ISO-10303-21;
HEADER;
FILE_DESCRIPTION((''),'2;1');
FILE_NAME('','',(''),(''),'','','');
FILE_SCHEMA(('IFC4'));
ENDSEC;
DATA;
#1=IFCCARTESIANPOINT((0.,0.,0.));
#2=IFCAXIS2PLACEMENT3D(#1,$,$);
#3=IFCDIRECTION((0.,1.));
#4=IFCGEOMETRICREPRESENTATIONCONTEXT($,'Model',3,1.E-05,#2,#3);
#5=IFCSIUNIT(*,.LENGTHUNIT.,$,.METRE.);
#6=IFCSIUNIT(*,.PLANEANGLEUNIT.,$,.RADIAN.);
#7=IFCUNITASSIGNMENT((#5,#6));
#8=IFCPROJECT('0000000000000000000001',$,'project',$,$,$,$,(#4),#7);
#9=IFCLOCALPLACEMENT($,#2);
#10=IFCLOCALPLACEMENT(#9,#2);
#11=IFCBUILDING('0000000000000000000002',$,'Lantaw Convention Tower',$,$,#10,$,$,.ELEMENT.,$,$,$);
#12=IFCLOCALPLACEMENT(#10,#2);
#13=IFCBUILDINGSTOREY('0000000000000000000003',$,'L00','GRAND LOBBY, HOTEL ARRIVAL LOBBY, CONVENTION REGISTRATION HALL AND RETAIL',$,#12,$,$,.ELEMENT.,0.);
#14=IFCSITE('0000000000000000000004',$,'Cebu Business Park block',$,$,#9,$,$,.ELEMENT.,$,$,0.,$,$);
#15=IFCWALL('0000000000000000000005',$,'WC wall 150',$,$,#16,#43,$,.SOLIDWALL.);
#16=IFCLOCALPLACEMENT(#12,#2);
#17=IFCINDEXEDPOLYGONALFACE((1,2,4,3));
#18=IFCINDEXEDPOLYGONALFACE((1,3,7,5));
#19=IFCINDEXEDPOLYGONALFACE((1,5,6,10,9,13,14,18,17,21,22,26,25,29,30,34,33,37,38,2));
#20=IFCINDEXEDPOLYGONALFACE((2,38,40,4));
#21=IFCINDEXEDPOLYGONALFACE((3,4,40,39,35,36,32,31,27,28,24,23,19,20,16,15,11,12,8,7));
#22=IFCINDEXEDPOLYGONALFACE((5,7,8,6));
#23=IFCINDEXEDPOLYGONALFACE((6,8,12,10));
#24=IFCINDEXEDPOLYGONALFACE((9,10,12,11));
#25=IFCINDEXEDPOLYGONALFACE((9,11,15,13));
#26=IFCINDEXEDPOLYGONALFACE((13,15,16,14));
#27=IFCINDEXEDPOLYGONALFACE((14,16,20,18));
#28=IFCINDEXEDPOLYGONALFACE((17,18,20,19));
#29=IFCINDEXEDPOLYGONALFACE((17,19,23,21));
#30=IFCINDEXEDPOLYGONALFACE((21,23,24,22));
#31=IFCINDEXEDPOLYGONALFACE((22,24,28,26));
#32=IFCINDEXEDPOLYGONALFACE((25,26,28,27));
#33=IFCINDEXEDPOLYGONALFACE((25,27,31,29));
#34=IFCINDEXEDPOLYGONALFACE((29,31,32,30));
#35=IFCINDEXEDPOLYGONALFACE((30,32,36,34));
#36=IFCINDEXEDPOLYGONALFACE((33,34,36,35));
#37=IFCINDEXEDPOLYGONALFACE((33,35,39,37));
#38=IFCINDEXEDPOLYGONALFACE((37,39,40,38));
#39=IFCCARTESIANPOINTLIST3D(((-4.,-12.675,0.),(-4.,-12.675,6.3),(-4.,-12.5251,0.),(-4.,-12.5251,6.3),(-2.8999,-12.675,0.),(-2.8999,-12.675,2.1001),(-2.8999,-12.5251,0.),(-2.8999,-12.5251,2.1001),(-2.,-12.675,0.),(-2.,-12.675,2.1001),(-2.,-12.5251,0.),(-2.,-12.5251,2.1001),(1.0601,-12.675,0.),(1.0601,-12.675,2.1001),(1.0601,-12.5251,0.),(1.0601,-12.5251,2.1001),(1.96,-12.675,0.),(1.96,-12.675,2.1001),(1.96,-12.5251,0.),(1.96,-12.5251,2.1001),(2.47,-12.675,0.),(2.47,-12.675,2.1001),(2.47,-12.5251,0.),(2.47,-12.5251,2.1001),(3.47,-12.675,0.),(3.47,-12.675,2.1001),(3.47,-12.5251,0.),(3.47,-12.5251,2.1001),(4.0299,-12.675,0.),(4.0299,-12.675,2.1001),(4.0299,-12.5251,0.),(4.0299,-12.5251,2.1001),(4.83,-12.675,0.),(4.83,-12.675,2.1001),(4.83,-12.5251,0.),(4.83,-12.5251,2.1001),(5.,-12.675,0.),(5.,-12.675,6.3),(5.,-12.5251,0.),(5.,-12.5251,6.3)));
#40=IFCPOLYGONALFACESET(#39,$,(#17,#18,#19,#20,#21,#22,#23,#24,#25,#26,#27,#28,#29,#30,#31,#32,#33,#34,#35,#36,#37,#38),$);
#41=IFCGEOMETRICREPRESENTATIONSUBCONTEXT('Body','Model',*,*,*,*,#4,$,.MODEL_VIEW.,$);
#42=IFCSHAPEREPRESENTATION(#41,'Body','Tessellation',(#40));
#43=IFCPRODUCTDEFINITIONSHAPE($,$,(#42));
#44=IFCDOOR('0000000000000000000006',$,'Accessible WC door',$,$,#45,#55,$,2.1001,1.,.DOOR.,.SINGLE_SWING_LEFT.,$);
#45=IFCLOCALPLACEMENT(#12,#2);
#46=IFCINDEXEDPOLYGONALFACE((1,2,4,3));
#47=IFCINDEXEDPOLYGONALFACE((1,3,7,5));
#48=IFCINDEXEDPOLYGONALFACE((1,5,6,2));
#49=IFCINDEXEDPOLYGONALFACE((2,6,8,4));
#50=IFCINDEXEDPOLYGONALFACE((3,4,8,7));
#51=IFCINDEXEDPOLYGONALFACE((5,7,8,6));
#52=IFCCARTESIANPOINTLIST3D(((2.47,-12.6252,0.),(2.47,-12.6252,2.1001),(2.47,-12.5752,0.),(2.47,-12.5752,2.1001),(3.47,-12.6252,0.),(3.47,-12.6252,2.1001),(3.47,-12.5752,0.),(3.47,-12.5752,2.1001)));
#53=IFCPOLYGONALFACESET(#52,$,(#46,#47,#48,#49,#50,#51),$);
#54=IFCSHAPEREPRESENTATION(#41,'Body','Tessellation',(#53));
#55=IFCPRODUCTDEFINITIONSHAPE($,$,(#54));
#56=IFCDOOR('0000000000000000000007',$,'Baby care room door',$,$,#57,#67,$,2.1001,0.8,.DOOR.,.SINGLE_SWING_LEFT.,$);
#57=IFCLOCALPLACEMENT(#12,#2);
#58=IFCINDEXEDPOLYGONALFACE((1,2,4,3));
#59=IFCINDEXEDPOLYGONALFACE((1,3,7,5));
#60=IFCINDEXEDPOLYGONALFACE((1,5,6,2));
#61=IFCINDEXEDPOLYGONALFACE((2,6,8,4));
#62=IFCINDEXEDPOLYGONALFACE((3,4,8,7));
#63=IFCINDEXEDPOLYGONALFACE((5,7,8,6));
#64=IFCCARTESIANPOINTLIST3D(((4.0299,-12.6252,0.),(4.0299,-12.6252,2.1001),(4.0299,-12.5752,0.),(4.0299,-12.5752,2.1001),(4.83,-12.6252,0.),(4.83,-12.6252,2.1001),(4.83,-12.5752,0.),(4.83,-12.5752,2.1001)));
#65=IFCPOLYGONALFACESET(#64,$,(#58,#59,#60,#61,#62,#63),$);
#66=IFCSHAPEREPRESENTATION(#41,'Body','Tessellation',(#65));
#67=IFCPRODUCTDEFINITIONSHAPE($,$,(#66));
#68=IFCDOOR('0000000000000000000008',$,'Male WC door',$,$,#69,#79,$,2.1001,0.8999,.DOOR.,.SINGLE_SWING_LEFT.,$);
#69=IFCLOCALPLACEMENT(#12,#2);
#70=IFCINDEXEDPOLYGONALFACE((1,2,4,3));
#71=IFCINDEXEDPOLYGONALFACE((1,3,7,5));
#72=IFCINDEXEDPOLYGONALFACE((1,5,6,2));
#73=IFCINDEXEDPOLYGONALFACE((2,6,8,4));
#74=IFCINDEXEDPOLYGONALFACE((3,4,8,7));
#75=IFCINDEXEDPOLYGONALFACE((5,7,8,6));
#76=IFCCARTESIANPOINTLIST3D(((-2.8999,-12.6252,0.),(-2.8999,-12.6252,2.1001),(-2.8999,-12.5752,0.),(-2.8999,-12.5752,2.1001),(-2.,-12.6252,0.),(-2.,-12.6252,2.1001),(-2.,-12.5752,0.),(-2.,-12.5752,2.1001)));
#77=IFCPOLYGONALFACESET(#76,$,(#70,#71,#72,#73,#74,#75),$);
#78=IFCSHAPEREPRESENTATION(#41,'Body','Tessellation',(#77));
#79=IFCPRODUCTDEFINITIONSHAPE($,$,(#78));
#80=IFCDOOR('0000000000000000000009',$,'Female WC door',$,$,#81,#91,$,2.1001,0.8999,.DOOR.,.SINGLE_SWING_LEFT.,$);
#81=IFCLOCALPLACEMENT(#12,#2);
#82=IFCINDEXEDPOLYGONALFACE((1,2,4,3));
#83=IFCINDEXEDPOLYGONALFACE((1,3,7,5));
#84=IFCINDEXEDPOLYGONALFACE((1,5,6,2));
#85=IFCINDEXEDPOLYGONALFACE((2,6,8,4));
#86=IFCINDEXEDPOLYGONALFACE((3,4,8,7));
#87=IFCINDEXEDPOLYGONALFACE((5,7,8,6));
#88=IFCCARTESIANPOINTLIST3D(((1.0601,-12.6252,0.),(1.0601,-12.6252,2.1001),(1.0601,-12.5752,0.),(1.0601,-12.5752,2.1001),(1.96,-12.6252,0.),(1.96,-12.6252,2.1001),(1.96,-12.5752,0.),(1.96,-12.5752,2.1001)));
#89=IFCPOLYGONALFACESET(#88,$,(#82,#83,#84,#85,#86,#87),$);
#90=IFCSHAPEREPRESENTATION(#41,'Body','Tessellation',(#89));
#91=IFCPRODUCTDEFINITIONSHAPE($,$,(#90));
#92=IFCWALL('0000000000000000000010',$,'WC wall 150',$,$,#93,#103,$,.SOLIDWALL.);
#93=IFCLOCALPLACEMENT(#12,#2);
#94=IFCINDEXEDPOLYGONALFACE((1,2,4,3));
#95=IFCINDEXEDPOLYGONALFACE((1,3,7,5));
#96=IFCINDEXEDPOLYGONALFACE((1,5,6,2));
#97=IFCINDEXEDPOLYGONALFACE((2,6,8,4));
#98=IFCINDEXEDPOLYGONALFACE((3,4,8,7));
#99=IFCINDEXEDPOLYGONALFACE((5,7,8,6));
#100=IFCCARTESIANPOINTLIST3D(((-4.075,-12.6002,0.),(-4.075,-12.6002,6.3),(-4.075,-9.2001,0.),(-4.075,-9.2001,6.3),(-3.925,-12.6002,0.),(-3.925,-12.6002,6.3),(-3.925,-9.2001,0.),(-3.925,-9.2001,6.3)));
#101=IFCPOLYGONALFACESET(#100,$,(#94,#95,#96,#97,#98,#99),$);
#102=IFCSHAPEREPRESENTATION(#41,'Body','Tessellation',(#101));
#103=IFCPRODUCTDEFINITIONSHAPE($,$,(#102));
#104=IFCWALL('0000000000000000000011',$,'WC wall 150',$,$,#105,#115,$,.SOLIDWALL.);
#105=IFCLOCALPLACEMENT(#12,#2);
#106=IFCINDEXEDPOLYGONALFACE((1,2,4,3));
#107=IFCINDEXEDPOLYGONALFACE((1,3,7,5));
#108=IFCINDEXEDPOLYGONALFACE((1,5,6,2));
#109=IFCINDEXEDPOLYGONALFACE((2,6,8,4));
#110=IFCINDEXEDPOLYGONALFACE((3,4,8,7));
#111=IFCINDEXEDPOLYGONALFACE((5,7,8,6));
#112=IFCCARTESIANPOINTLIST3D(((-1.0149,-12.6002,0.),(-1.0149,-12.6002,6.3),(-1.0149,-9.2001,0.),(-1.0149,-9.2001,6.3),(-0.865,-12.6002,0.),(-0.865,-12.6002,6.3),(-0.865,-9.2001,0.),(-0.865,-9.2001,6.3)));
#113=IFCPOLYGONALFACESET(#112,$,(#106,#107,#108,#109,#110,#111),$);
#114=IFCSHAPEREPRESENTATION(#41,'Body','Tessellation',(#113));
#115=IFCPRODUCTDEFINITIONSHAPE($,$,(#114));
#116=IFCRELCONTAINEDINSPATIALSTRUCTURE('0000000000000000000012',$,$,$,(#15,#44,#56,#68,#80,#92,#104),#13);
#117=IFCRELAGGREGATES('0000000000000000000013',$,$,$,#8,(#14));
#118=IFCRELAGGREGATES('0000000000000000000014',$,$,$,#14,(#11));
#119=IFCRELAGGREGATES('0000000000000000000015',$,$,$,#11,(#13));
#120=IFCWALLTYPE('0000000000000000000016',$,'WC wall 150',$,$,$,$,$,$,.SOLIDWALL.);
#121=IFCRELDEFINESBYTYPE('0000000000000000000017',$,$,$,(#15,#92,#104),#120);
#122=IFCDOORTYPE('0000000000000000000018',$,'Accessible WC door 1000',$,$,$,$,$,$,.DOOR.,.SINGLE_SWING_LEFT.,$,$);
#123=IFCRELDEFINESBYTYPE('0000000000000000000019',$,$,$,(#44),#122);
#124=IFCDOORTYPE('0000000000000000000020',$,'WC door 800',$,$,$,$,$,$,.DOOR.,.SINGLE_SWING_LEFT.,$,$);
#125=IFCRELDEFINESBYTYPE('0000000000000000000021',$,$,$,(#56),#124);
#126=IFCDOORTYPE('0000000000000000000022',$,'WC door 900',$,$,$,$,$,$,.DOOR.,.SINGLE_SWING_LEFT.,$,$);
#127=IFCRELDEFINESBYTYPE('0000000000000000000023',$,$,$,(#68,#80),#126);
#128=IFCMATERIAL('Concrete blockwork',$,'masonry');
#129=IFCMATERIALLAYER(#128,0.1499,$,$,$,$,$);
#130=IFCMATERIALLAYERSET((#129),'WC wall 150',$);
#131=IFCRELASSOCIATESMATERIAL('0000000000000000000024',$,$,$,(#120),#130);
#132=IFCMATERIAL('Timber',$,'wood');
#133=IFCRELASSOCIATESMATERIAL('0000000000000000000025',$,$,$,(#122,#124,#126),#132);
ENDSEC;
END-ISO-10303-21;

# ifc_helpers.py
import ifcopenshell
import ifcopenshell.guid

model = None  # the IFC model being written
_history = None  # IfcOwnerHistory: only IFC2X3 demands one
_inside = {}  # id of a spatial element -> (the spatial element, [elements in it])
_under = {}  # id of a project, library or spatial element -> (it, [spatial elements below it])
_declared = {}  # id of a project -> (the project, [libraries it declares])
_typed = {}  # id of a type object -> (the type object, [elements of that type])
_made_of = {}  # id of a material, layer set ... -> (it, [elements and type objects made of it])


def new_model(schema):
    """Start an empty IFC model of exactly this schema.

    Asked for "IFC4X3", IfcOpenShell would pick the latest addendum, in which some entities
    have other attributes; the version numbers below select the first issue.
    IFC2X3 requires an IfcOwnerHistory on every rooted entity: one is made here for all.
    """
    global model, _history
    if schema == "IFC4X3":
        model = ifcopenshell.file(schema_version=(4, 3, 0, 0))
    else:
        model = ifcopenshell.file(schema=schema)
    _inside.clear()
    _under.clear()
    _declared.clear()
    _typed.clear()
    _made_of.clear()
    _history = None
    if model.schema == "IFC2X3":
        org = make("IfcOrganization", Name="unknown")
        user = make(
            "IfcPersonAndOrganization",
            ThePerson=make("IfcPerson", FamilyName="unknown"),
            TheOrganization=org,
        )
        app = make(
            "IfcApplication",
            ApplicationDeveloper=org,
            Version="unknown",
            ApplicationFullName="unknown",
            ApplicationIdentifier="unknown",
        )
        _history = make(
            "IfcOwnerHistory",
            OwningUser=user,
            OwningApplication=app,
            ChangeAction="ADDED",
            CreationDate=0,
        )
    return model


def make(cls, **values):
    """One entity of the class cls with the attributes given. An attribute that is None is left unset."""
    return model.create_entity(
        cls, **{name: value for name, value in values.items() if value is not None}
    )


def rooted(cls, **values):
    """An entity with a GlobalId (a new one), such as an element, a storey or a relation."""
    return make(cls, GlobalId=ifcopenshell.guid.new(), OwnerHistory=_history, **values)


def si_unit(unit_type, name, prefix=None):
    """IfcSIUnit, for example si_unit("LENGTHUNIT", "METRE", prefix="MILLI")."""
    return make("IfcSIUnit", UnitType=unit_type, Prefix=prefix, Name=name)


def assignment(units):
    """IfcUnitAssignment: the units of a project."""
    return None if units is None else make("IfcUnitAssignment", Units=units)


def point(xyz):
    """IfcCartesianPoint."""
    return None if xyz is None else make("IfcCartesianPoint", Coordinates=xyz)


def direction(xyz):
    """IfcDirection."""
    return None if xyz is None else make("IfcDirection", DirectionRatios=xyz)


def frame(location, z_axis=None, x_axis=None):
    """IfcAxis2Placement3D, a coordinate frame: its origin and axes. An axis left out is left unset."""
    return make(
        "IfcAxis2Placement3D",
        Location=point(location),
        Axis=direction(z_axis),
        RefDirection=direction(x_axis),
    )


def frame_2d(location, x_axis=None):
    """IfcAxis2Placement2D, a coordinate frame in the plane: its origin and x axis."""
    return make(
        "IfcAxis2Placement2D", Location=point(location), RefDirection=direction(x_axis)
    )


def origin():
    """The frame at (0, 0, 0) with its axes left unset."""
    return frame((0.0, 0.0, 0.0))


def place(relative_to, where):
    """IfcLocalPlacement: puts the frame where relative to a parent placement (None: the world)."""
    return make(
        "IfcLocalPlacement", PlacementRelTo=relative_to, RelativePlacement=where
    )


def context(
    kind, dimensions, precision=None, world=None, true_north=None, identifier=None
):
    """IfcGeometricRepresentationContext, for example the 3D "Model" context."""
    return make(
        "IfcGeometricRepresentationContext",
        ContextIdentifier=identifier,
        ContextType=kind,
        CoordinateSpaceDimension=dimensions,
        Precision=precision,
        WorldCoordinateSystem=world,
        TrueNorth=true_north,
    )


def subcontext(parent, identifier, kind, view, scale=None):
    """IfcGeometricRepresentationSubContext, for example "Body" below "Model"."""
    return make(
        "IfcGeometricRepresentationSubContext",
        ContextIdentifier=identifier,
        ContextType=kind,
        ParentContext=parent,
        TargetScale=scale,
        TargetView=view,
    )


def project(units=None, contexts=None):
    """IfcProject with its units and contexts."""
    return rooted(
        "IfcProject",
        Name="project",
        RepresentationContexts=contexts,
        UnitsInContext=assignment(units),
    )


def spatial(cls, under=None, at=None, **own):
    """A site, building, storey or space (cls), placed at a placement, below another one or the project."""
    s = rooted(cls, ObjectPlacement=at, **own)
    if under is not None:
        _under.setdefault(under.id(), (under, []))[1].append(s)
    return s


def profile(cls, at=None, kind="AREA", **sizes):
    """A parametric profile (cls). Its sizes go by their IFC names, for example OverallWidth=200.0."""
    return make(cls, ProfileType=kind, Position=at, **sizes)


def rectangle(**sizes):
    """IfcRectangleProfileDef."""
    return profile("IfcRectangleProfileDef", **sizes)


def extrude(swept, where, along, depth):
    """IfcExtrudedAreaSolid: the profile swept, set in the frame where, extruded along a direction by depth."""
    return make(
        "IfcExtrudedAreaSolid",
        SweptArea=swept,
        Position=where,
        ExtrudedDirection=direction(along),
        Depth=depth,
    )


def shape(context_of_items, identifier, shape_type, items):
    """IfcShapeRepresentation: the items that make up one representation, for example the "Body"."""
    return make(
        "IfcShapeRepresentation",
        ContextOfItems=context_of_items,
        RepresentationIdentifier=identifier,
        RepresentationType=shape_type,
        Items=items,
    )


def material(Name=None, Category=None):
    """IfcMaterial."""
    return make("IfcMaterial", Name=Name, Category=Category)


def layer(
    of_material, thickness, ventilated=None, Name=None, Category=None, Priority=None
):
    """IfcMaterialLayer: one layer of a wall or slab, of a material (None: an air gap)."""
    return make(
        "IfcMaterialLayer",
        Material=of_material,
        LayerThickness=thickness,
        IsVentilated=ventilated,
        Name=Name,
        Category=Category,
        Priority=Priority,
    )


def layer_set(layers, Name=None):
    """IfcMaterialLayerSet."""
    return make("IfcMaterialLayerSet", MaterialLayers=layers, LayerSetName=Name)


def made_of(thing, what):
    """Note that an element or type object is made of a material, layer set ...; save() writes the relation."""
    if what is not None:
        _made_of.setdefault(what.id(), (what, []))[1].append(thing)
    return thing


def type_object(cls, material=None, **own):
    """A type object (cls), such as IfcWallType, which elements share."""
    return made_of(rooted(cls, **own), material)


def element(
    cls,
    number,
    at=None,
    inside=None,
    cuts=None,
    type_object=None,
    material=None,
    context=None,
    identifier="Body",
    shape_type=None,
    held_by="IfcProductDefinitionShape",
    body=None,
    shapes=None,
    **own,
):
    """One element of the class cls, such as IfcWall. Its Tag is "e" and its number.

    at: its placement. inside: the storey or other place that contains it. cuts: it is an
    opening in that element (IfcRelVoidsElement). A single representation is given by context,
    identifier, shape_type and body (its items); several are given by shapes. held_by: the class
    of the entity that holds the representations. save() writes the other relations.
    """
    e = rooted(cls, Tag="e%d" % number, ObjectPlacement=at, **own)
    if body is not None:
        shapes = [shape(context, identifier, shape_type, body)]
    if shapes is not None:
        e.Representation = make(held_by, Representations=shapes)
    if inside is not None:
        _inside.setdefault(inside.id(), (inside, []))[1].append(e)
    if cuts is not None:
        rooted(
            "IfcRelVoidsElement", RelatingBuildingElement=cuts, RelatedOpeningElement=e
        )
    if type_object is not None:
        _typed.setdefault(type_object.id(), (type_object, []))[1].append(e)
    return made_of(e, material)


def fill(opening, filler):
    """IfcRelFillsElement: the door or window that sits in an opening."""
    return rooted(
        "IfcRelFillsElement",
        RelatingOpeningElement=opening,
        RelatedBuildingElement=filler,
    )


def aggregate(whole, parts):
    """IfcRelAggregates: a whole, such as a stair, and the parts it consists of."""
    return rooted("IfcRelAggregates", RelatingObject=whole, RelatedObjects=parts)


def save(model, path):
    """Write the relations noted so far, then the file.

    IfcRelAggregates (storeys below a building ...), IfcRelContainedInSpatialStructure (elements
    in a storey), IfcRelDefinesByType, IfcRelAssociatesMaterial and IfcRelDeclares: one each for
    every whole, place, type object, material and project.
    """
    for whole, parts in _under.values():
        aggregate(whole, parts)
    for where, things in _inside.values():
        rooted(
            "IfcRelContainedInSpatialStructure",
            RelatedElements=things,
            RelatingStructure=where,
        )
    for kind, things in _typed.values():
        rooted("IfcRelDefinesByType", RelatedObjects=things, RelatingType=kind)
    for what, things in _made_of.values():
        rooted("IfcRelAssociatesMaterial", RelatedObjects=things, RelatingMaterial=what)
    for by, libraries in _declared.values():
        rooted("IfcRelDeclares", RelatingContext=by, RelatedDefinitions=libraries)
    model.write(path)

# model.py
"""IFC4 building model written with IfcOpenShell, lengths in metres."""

from ifc_helpers import new_model, si_unit, direction, frame, frame_2d, origin, place, context, subcontext, project, spatial, rectangle, extrude, material, layer, layer_set, type_object, element, fill, save


model = new_model("IFC4")

# Units and contexts
model_context = context("Model", 3, precision=1e-05, world=origin(), true_north=direction((0.0, 1.0)))
body_context = subcontext(model_context, "Body", "Model", "MODEL_VIEW")
ifc_project = project(units=[si_unit("LENGTHUNIT", "METRE"), si_unit("PLANEANGLEUNIT", "RADIAN")], contexts=[model_context])

# Site, building, storey
site_placement = place(None, origin())
site = spatial("IfcSite", under=ifc_project, at=site_placement, Name="Cebu Business Park block", CompositionType="ELEMENT", RefElevation=0.0)
building_placement = place(site_placement, origin())
building = spatial("IfcBuilding", under=site, at=building_placement, Name="Lantaw Convention Tower", CompositionType="ELEMENT")
storey_placement = place(building_placement, origin())
storey = spatial("IfcBuildingStorey", under=building, at=storey_placement, Name="L00", Description="GRAND LOBBY, HOTEL ARRIVAL LOBBY, CONVENTION REGISTRATION HALL AND RETAIL", CompositionType="ELEMENT", Elevation=0.0)

# Wall, openings, doors
ifc_material_1 = material(Name="Concrete blockwork", Category="masonry")
ifc_layer = layer(ifc_material_1, 0.1499)
ifc_layer_set = layer_set([ifc_layer], Name="WC wall 150")
wall_type = type_object("IfcWallType", Name="WC wall 150", PredefinedType="SOLIDWALL", material=ifc_layer_set)
wall_placement = place(storey_placement, frame((-4.0, -12.6001, 0.0), z_axis=(0.0, 0.0, 1.0), x_axis=(1.0, 0.0, 0.0)))
wall = element("IfcWall", 1, at=wall_placement, inside=storey, type_object=wall_type, Name="WC wall 150", PredefinedType="SOLIDWALL", context=body_context, shape_type="SweptSolid", body=[
    extrude(rectangle(XDim=9.0, YDim=0.1499, at=frame_2d((4.5, 0.0))), origin(), (0.0, 0.0, 1.0), 6.3),
])
opening_1_placement = place(wall_placement, frame((1.1001, 0.0, 0.0)))
opening_1 = element("IfcOpeningElement", 2, at=opening_1_placement, cuts=wall, PredefinedType="OPENING", context=body_context, shape_type="SweptSolid", body=[
    extrude(rectangle(XDim=0.8999, YDim=2.1001, at=frame_2d((0.45, 1.05))), frame((0.0, 0.085, 0.0), z_axis=(0.0, -1.0, 0.0), x_axis=(1.0, 0.0, 0.0)), (0.0, 0.0, 1.0), 0.1699),
])
opening_2_placement = place(wall_placement, frame((5.0601, 0.0, 0.0)))
opening_2 = element("IfcOpeningElement", 3, at=opening_2_placement, cuts=wall, PredefinedType="OPENING", context=body_context, shape_type="SweptSolid", body=[
    extrude(rectangle(XDim=0.8999, YDim=2.1001, at=frame_2d((0.45, 1.05))), frame((0.0, 0.085, 0.0), z_axis=(0.0, -1.0, 0.0), x_axis=(1.0, 0.0, 0.0)), (0.0, 0.0, 1.0), 0.1699),
])
opening_3_placement = place(wall_placement, frame((6.47, 0.0, 0.0)))
opening_3 = element("IfcOpeningElement", 4, at=opening_3_placement, cuts=wall, PredefinedType="OPENING", context=body_context, shape_type="SweptSolid", body=[
    extrude(rectangle(XDim=1.0, YDim=2.1001, at=frame_2d((0.5, 1.05))), frame((0.0, 0.085, 0.0), z_axis=(0.0, -1.0, 0.0), x_axis=(1.0, 0.0, 0.0)), (0.0, 0.0, 1.0), 0.1699),
])
opening_4_placement = place(wall_placement, frame((8.03, 0.0, 0.0)))
opening_4 = element("IfcOpeningElement", 5, at=opening_4_placement, cuts=wall, PredefinedType="OPENING", context=body_context, shape_type="SweptSolid", body=[
    extrude(rectangle(XDim=0.8, YDim=2.1001, at=frame_2d((0.3999, 1.05))), frame((0.0, 0.085, 0.0), z_axis=(0.0, -1.0, 0.0), x_axis=(1.0, 0.0, 0.0)), (0.0, 0.0, 1.0), 0.1699),
])
ifc_material_2 = material(Name="Timber", Category="wood")
door_type_1 = type_object("IfcDoorType", Name="Accessible WC door 1000", OperationType="SINGLE_SWING_LEFT", PredefinedType="DOOR", material=ifc_material_2)
door_1_placement = place(opening_3_placement, origin())
door_1 = element("IfcDoor", 6, at=door_1_placement, inside=storey, type_object=door_type_1, Name="Accessible WC door", OperationType="SINGLE_SWING_LEFT", OverallHeight=2.1001, OverallWidth=1.0, PredefinedType="DOOR", context=body_context, shape_type="SweptSolid", body=[
    extrude(rectangle(XDim=1.0, YDim=2.1001, at=frame_2d((0.5, 1.05))), frame((0.0, 0.0249, 0.0), z_axis=(0.0, -1.0, 0.0), x_axis=(1.0, 0.0, 0.0)), (0.0, 0.0, 1.0), 0.05),
])
fill(opening_3, door_1)
door_type_2 = type_object("IfcDoorType", Name="WC door 800", OperationType="SINGLE_SWING_LEFT", PredefinedType="DOOR", material=ifc_material_2)
door_2_placement = place(opening_4_placement, origin())
door_2 = element("IfcDoor", 7, at=door_2_placement, inside=storey, type_object=door_type_2, Name="Baby care room door", OperationType="SINGLE_SWING_LEFT", OverallHeight=2.1001, OverallWidth=0.8, PredefinedType="DOOR", context=body_context, shape_type="SweptSolid", body=[
    extrude(rectangle(XDim=0.8, YDim=2.1001, at=frame_2d((0.3999, 1.05))), frame((0.0, 0.0249, 0.0), z_axis=(0.0, -1.0, 0.0), x_axis=(1.0, 0.0, 0.0)), (0.0, 0.0, 1.0), 0.05),
])
fill(opening_4, door_2)
door_type_3 = type_object("IfcDoorType", Name="WC door 900", OperationType="SINGLE_SWING_LEFT", PredefinedType="DOOR", material=ifc_material_2)
door_3_placement = place(opening_1_placement, origin())
door_3 = element("IfcDoor", 8, at=door_3_placement, inside=storey, type_object=door_type_3, Name="Male WC door", OperationType="SINGLE_SWING_LEFT", OverallHeight=2.1001, OverallWidth=0.8999, PredefinedType="DOOR", context=body_context, shape_type="SweptSolid", body=[
    extrude(rectangle(XDim=0.8999, YDim=2.1001, at=frame_2d((0.45, 1.05))), frame((0.0, 0.0249, 0.0), z_axis=(0.0, -1.0, 0.0), x_axis=(1.0, 0.0, 0.0)), (0.0, 0.0, 1.0), 0.05),
])
fill(opening_1, door_3)
door_4_placement = place(opening_2_placement, origin())
door_4 = element("IfcDoor", 9, at=door_4_placement, inside=storey, type_object=door_type_3, Name="Female WC door", OperationType="SINGLE_SWING_LEFT", OverallHeight=2.1001, OverallWidth=0.8999, PredefinedType="DOOR", context=body_context, shape_type="SweptSolid", body=[
    extrude(rectangle(XDim=0.8999, YDim=2.1001, at=frame_2d((0.45, 1.05))), frame((0.0, 0.0249, 0.0), z_axis=(0.0, -1.0, 0.0), x_axis=(1.0, 0.0, 0.0)), (0.0, 0.0, 1.0), 0.05),
])
fill(opening_2, door_4)

# Walls
for number, where, z_axis, x_axis, name in (
    (10, (-4.0, -9.2, 0.0), (0.0, 0.0, 1.0), (0.0, -1.0, 0.0), "WC wall 150"),
    (11, (-0.9399, -9.2, 0.0), (0.0, 0.0, 1.0), (0.0, -1.0, 0.0), "WC wall 150"),
):
    element("IfcWall", number, at=place(storey_placement, frame(where, z_axis=z_axis, x_axis=x_axis)), inside=storey, type_object=wall_type, Name=name, PredefinedType="SOLIDWALL", context=body_context, shape_type="SweptSolid", body=[
        extrude(rectangle(XDim=3.4001, YDim=0.1499, at=frame_2d((1.7002, 0.0))), origin(), (0.0, 0.0, 1.0), 6.3),
    ])

save(model, "model.ifc")
